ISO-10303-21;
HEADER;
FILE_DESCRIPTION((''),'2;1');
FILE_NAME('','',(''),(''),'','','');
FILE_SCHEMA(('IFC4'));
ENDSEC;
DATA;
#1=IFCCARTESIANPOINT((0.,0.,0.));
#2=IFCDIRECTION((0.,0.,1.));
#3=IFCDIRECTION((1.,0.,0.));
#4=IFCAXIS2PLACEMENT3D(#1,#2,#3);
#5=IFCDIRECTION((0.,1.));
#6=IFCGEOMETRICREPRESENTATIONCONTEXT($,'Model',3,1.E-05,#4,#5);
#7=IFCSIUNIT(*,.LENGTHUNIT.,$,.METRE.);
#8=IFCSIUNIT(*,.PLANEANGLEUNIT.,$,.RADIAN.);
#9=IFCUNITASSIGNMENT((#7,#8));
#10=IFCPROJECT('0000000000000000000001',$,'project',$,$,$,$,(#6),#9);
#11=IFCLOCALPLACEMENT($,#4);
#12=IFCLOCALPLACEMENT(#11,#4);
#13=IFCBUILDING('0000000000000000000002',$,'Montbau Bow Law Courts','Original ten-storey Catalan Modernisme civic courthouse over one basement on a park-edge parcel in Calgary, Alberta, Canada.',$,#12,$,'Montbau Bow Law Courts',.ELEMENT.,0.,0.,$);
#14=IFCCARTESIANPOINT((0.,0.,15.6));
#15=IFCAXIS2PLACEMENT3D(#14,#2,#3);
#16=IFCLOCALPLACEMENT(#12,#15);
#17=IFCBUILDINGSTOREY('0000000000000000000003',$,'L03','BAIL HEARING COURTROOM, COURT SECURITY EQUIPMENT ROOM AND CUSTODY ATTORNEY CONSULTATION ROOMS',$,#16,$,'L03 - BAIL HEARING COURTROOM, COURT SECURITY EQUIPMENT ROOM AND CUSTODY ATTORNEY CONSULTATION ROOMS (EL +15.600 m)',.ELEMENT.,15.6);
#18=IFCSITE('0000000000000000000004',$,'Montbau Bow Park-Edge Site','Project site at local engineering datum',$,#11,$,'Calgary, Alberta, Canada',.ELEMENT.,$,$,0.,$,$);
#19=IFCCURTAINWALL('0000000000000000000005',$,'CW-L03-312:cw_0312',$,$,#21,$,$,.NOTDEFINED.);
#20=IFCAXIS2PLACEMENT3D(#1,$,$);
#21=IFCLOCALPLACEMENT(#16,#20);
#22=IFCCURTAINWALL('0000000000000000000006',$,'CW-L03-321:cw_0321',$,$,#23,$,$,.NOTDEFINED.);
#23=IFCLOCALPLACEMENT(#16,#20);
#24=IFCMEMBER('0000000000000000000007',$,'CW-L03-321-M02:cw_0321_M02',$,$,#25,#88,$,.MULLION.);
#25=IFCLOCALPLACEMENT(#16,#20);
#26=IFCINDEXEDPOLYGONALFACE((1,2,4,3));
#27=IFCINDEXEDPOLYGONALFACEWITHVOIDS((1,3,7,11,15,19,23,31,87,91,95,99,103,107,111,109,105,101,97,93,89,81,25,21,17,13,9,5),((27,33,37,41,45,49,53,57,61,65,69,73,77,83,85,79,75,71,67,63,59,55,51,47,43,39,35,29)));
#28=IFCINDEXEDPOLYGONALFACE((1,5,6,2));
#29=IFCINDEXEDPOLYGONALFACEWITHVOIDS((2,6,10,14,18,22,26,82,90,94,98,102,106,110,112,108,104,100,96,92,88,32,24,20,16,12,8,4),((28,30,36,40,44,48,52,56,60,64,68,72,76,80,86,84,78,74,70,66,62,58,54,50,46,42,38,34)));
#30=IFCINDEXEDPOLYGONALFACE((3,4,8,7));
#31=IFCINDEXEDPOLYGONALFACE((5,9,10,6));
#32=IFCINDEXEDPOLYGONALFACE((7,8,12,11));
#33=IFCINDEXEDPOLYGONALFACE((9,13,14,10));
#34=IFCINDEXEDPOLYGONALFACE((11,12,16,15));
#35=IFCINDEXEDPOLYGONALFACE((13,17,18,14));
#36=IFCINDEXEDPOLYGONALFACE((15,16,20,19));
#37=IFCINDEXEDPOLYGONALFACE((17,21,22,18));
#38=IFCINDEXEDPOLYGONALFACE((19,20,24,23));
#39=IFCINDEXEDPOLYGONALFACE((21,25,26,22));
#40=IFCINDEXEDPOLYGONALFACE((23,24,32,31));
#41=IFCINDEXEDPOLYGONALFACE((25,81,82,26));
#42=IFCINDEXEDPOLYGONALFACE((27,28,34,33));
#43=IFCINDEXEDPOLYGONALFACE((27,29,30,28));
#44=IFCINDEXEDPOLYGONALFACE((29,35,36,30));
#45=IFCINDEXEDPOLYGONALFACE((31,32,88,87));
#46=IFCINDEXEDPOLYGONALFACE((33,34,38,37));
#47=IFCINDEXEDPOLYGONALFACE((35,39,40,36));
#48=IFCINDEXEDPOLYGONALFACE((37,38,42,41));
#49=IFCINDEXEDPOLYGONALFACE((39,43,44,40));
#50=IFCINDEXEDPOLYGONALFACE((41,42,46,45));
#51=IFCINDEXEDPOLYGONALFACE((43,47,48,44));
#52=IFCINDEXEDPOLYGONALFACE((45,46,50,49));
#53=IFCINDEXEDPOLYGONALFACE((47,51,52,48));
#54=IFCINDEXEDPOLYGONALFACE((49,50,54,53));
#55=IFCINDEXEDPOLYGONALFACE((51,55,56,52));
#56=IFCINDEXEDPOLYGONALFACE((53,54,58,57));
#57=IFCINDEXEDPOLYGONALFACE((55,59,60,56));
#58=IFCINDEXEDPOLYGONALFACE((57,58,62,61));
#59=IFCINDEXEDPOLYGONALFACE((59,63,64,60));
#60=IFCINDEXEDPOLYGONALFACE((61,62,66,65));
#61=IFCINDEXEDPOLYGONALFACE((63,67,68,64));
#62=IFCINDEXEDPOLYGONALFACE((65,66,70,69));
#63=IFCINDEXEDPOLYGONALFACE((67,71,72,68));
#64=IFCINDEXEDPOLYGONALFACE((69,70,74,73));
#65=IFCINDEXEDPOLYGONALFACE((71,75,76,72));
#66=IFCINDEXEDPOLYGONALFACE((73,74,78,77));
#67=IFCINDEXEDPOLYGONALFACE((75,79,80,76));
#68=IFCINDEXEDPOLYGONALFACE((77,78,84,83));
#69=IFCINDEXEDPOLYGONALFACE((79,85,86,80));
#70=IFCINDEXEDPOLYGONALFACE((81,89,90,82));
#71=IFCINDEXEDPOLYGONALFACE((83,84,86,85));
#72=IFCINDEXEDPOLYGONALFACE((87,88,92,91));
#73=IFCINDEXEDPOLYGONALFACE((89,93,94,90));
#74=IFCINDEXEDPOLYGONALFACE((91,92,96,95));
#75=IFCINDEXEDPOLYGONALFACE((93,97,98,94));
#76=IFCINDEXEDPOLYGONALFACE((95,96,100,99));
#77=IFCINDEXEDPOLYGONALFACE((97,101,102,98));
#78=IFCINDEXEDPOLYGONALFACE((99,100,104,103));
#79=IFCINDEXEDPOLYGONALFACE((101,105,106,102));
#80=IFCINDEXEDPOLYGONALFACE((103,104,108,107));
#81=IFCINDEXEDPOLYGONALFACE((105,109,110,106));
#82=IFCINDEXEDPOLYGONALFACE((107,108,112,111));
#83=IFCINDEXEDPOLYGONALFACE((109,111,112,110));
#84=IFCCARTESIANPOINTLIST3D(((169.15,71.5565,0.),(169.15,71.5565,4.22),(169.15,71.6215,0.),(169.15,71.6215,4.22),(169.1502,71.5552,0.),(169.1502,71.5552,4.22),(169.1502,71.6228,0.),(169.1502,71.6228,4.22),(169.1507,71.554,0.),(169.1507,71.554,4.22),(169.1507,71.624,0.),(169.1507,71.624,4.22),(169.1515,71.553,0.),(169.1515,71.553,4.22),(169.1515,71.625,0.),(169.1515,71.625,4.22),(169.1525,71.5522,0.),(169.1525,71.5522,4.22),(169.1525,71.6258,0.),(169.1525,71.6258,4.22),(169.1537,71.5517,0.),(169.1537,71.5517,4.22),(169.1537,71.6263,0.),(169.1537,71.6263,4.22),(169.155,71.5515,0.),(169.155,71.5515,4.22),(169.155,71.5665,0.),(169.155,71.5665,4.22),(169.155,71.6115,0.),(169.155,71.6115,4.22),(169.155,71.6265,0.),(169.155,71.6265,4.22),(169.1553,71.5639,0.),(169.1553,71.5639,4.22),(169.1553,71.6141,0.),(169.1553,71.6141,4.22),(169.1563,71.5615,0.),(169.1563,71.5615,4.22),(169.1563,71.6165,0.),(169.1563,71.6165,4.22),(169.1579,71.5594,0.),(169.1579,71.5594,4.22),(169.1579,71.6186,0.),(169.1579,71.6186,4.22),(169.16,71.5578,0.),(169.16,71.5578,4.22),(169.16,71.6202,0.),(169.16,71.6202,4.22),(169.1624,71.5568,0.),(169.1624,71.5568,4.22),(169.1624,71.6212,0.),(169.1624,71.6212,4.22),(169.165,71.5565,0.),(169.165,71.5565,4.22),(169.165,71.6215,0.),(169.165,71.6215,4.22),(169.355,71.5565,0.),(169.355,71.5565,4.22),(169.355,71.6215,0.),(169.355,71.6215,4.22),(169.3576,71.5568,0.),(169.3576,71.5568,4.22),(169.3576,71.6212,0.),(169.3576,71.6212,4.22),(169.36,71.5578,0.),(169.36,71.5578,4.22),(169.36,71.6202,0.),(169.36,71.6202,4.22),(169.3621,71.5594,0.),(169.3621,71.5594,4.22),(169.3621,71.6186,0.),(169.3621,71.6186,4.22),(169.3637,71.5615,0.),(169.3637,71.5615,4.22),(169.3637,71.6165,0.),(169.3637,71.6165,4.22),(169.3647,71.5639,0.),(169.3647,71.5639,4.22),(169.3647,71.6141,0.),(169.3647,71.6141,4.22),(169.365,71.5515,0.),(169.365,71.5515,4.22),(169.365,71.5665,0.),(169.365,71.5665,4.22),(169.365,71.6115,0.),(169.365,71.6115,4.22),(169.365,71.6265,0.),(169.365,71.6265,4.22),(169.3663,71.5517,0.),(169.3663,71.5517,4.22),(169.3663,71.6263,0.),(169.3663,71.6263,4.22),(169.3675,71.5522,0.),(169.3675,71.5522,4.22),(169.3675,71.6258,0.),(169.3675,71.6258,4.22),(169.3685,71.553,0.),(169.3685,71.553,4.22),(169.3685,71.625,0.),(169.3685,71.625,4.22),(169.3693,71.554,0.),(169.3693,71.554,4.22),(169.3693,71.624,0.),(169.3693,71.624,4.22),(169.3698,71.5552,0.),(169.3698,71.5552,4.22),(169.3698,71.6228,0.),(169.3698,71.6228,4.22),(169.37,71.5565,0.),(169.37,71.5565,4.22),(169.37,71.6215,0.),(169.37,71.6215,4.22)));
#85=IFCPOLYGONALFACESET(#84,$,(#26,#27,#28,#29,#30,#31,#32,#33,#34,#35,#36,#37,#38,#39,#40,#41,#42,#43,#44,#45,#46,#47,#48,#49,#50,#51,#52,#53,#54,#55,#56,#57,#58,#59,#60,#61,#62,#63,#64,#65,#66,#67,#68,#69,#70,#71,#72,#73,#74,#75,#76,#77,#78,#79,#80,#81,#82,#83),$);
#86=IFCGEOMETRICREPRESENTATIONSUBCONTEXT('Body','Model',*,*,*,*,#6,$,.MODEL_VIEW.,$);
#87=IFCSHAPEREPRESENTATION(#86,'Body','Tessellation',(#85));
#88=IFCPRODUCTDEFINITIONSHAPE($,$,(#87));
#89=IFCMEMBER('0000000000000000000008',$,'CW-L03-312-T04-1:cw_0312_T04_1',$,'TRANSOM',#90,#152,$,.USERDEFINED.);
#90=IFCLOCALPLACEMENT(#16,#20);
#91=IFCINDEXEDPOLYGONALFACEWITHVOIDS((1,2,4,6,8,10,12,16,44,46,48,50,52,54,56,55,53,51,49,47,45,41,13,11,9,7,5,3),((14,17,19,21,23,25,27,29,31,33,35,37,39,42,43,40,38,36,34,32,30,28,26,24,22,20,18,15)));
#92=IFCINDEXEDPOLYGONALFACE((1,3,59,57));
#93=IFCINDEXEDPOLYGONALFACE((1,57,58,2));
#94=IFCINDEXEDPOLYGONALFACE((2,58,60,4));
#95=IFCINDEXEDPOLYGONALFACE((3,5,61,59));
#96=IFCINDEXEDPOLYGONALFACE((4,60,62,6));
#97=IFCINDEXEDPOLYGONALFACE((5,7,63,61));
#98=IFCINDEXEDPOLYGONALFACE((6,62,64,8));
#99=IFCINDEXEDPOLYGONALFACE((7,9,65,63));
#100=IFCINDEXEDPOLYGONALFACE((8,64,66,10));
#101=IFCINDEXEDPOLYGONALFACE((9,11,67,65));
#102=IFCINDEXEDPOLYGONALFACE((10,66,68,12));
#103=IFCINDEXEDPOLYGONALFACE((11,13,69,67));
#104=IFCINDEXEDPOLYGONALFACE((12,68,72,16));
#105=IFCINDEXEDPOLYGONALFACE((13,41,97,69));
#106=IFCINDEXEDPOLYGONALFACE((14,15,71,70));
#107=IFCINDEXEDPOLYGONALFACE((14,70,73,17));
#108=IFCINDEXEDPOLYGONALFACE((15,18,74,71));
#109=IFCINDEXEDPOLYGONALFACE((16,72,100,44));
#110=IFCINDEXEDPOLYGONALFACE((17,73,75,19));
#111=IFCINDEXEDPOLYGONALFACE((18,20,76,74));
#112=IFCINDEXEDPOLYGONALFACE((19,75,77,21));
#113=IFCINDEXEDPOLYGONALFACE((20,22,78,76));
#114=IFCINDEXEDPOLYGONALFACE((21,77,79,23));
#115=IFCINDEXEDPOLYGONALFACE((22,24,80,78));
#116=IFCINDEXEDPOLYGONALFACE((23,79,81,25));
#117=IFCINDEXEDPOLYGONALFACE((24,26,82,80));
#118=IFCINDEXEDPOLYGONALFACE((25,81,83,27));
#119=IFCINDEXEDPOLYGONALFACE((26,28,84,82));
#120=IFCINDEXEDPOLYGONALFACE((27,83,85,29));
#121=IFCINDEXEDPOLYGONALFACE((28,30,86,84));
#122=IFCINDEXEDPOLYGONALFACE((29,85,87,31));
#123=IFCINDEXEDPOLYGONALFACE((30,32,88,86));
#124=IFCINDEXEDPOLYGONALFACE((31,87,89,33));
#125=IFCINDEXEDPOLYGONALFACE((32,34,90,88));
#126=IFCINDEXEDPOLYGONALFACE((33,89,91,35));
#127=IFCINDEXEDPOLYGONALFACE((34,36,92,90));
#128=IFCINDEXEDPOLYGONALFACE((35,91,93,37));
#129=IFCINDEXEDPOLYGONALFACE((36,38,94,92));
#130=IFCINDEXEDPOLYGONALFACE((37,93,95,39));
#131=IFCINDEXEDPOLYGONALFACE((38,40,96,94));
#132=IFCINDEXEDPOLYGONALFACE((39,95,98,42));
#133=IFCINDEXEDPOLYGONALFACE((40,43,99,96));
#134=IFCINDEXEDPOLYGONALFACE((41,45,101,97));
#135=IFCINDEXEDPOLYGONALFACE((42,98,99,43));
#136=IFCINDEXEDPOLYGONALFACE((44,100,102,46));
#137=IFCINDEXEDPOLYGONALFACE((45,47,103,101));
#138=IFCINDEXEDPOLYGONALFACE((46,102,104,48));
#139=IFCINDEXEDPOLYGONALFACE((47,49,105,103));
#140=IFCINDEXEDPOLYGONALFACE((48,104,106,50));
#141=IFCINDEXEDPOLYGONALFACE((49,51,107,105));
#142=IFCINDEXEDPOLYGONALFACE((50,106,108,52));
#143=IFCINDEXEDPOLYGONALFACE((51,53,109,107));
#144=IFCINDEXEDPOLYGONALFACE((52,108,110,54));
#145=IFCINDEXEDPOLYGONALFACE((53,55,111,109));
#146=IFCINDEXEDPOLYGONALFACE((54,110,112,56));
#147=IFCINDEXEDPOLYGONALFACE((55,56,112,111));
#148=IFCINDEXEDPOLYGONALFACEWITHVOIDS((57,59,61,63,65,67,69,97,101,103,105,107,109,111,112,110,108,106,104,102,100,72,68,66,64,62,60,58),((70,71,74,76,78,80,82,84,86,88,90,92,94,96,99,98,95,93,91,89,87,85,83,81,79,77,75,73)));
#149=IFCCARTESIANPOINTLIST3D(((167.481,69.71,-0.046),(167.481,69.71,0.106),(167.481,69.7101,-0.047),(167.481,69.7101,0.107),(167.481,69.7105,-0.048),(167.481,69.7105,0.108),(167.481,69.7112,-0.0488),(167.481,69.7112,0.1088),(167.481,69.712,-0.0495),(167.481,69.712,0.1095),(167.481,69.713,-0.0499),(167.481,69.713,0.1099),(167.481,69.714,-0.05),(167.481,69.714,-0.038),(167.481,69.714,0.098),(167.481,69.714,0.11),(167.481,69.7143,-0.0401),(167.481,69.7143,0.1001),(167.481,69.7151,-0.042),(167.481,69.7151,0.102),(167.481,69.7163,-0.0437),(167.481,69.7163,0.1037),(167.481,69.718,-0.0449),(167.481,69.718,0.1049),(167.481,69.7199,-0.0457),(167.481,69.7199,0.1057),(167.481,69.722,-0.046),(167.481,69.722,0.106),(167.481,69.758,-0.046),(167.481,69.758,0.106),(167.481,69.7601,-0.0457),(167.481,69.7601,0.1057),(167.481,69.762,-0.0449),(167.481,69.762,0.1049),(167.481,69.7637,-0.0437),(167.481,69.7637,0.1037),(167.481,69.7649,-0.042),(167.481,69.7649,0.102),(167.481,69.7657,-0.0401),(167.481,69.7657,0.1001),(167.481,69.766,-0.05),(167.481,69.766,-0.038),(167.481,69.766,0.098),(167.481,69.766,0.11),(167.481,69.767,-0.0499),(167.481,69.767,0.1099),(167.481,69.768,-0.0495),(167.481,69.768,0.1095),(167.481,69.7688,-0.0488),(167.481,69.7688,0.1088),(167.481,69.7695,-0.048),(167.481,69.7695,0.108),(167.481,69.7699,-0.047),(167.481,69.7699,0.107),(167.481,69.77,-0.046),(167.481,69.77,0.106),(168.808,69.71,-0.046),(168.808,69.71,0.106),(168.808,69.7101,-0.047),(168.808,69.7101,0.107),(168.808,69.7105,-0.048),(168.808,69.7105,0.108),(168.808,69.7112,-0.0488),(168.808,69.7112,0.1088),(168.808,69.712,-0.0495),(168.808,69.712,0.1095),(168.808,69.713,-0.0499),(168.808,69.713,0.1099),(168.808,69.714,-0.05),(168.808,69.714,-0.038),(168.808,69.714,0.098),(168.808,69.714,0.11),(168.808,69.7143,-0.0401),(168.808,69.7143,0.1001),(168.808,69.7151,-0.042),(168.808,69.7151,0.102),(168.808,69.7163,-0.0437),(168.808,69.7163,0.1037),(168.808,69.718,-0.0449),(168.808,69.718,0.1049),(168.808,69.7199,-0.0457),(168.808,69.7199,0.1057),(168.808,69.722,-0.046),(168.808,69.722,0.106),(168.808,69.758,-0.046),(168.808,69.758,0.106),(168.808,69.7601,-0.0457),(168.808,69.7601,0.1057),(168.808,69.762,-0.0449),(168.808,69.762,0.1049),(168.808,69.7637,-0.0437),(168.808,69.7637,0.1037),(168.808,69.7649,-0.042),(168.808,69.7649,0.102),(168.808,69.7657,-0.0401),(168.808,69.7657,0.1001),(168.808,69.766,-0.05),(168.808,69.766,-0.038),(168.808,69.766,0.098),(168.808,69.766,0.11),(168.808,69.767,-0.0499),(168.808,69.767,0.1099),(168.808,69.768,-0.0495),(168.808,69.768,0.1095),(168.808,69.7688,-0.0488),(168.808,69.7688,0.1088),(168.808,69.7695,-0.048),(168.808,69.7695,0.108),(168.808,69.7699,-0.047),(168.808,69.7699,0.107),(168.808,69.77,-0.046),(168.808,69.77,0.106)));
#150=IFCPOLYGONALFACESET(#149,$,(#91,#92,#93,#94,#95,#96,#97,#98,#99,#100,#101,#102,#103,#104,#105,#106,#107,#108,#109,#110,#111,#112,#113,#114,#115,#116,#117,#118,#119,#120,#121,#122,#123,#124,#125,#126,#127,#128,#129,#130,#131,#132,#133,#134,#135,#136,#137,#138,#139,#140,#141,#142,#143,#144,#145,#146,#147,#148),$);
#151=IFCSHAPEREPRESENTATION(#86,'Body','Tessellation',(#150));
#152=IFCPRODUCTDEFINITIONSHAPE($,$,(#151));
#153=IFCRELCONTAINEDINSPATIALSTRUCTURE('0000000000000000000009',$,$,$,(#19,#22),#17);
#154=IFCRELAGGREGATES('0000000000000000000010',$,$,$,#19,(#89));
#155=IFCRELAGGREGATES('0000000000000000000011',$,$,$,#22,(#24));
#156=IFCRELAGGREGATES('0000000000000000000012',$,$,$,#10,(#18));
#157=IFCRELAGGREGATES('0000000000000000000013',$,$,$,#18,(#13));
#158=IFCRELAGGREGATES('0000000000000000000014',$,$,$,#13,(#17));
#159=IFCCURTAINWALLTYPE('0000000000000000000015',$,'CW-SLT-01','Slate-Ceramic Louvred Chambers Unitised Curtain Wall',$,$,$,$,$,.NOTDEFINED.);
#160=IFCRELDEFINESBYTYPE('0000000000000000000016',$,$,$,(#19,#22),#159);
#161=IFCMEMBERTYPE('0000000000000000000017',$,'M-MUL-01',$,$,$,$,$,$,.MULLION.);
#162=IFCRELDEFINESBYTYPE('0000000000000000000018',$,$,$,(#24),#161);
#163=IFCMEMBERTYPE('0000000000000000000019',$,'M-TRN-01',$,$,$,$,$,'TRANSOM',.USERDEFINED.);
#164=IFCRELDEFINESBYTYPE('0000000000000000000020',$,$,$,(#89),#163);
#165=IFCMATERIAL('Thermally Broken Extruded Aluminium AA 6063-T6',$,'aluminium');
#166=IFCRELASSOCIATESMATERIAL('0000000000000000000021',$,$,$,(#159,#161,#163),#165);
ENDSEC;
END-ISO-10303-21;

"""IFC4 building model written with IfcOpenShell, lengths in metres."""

from ifc_helpers import new_model, si_unit, direction, frame, origin_with_axes, origin_2d_with_axis, place, context, subcontext, project, spatial, hollow_rectangle, extrude, material, material_profile, profile_set, type_object, element, aggregate, save


model = new_model("IFC4")

# Units and contexts
model_context = context("Model", 3, precision=1e-05, world=origin_with_axes(), true_north=direction((0.0, 1.0)))
body_context = subcontext(model_context, "Body", "Model", "MODEL_VIEW")
ifc_project = project(units=[si_unit("LENGTHUNIT", "METRE"), si_unit("PLANEANGLEUNIT", "RADIAN")], contexts=[model_context])

# Site, building, storey
site_placement = place(None, origin_with_axes())
site = spatial("IfcSite", under=ifc_project, at=site_placement, Name="Montbau Bow Park-Edge Site", Description="Project site at local engineering datum", LongName="Calgary, Alberta, Canada", CompositionType="ELEMENT", RefElevation=0.0)
building_placement = place(site_placement, origin_with_axes())
building = spatial("IfcBuilding", under=site, at=building_placement, Name="Montbau Bow Law Courts", Description="Original ten-storey Catalan Modernisme civic courthouse over one basement on a park-edge parcel in Calgary, Alberta, Canada.", LongName="Montbau Bow Law Courts", CompositionType="ELEMENT", ElevationOfRefHeight=0.0, ElevationOfTerrain=0.0)
storey_placement = place(building_placement, frame((0.0, 0.0, 15.6), z_axis=(0.0, 0.0, 1.0), x_axis=(1.0, 0.0, 0.0)))
storey = spatial("IfcBuildingStorey", under=building, at=storey_placement, Name="L03", Description="BAIL HEARING COURTROOM, COURT SECURITY EQUIPMENT ROOM AND CUSTODY ATTORNEY CONSULTATION ROOMS", LongName="L03 - BAIL HEARING COURTROOM, COURT SECURITY EQUIPMENT ROOM AND CUSTODY ATTORNEY CONSULTATION ROOMS (EL +15.600 m)", CompositionType="ELEMENT", Elevation=15.6)

# Curtain wall
ifc_material_1 = material(Name="Thermally Broken Extruded Aluminium AA 6063-T6", Category="aluminium")
curtain_wall_type = type_object("IfcCurtainWallType", Name="CW-SLT-01", Description="Slate-Ceramic Louvred Chambers Unitised Curtain Wall", PredefinedType="NOTDEFINED", material=ifc_material_1)
curtain_wall_1_placement = place(None, frame((163.115, 69.74, 15.6), z_axis=(0.0, 0.0, 1.0), x_axis=(1.0, 0.0, 0.0)))
curtain_wall_1 = element("IfcCurtainWall", 1, at=curtain_wall_1_placement, inside=storey, type_object=curtain_wall_type, Name="CW-L03-312:cw_0312", PredefinedType="NOTDEFINED")
ifc_material_profile_1 = material_profile(ifc_material_1, hollow_rectangle(XDim=0.075, YDim=0.22, WallThickness=0.005, InnerFilletRadius=0.01, OuterFilletRadius=0.005, at=origin_2d_with_axis()), Name="CWM-220X75", Category="Main", Priority=0)
ifc_profile_set_1 = profile_set([ifc_material_profile_1], Name="Thermally Broken Extruded Aluminium AA 6063-T6")
member_type_1 = type_object("IfcMemberType", Name="M-MUL-01", PredefinedType="MULLION", material=ifc_profile_set_1)

# Curtain wall, member
curtain_wall_2_placement = place(None, frame((169.26, 70.115, 15.6), z_axis=(0.0, 0.0, 1.0), x_axis=(1.0, 0.0, 0.0)))
curtain_wall_2 = element("IfcCurtainWall", 2, at=curtain_wall_2_placement, inside=storey, type_object=curtain_wall_type, Name="CW-L03-321:cw_0321", PredefinedType="NOTDEFINED")
member_1_placement = place(None, frame((169.26, 71.589, 15.6), z_axis=(0.0, 0.0, 1.0), x_axis=(0.0, 1.0, 0.0)))
member_1 = element("IfcMember", 3, at=member_1_placement, type_object=member_type_1, Name="CW-L03-321-M02:cw_0321_M02", PredefinedType="MULLION", context=body_context, shape_type="SweptSolid", body=[
    extrude(hollow_rectangle(XDim=0.075, YDim=0.22, WallThickness=0.005, InnerFilletRadius=0.01, OuterFilletRadius=0.005, at=origin_2d_with_axis()), origin_with_axes(), (0.0, 0.0, 1.0), 4.22),
])

# Member
ifc_material_profile_2 = material_profile(ifc_material_1, hollow_rectangle(XDim=0.06, YDim=0.16, WallThickness=0.004, InnerFilletRadius=0.008, OuterFilletRadius=0.004, at=origin_2d_with_axis()), Name="CWT-160X60", Category="Main", Priority=0)
ifc_profile_set_2 = profile_set([ifc_material_profile_2], Name="Thermally Broken Extruded Aluminium AA 6063-T6")
member_type_2 = type_object("IfcMemberType", Name="M-TRN-01", ElementType="TRANSOM", PredefinedType="USERDEFINED", material=ifc_profile_set_2)
member_2_placement = place(None, frame((167.481, 69.74, 15.63), z_axis=(1.0, 0.0, 0.0), x_axis=(0.0, 1.0, 0.0)))
member_2 = element("IfcMember", 4, at=member_2_placement, type_object=member_type_2, Name="CW-L03-312-T04-1:cw_0312_T04_1", ObjectType="TRANSOM", PredefinedType="USERDEFINED", context=body_context, shape_type="SweptSolid", body=[
    extrude(hollow_rectangle(XDim=0.06, YDim=0.16, WallThickness=0.004, InnerFilletRadius=0.008, OuterFilletRadius=0.004, at=origin_2d_with_axis()), origin_with_axes(), (0.0, 0.0, 1.0), 1.327),
])

aggregate(curtain_wall_1, [member_2])
aggregate(curtain_wall_2, [member_1])

save(model, "model.ifc")
